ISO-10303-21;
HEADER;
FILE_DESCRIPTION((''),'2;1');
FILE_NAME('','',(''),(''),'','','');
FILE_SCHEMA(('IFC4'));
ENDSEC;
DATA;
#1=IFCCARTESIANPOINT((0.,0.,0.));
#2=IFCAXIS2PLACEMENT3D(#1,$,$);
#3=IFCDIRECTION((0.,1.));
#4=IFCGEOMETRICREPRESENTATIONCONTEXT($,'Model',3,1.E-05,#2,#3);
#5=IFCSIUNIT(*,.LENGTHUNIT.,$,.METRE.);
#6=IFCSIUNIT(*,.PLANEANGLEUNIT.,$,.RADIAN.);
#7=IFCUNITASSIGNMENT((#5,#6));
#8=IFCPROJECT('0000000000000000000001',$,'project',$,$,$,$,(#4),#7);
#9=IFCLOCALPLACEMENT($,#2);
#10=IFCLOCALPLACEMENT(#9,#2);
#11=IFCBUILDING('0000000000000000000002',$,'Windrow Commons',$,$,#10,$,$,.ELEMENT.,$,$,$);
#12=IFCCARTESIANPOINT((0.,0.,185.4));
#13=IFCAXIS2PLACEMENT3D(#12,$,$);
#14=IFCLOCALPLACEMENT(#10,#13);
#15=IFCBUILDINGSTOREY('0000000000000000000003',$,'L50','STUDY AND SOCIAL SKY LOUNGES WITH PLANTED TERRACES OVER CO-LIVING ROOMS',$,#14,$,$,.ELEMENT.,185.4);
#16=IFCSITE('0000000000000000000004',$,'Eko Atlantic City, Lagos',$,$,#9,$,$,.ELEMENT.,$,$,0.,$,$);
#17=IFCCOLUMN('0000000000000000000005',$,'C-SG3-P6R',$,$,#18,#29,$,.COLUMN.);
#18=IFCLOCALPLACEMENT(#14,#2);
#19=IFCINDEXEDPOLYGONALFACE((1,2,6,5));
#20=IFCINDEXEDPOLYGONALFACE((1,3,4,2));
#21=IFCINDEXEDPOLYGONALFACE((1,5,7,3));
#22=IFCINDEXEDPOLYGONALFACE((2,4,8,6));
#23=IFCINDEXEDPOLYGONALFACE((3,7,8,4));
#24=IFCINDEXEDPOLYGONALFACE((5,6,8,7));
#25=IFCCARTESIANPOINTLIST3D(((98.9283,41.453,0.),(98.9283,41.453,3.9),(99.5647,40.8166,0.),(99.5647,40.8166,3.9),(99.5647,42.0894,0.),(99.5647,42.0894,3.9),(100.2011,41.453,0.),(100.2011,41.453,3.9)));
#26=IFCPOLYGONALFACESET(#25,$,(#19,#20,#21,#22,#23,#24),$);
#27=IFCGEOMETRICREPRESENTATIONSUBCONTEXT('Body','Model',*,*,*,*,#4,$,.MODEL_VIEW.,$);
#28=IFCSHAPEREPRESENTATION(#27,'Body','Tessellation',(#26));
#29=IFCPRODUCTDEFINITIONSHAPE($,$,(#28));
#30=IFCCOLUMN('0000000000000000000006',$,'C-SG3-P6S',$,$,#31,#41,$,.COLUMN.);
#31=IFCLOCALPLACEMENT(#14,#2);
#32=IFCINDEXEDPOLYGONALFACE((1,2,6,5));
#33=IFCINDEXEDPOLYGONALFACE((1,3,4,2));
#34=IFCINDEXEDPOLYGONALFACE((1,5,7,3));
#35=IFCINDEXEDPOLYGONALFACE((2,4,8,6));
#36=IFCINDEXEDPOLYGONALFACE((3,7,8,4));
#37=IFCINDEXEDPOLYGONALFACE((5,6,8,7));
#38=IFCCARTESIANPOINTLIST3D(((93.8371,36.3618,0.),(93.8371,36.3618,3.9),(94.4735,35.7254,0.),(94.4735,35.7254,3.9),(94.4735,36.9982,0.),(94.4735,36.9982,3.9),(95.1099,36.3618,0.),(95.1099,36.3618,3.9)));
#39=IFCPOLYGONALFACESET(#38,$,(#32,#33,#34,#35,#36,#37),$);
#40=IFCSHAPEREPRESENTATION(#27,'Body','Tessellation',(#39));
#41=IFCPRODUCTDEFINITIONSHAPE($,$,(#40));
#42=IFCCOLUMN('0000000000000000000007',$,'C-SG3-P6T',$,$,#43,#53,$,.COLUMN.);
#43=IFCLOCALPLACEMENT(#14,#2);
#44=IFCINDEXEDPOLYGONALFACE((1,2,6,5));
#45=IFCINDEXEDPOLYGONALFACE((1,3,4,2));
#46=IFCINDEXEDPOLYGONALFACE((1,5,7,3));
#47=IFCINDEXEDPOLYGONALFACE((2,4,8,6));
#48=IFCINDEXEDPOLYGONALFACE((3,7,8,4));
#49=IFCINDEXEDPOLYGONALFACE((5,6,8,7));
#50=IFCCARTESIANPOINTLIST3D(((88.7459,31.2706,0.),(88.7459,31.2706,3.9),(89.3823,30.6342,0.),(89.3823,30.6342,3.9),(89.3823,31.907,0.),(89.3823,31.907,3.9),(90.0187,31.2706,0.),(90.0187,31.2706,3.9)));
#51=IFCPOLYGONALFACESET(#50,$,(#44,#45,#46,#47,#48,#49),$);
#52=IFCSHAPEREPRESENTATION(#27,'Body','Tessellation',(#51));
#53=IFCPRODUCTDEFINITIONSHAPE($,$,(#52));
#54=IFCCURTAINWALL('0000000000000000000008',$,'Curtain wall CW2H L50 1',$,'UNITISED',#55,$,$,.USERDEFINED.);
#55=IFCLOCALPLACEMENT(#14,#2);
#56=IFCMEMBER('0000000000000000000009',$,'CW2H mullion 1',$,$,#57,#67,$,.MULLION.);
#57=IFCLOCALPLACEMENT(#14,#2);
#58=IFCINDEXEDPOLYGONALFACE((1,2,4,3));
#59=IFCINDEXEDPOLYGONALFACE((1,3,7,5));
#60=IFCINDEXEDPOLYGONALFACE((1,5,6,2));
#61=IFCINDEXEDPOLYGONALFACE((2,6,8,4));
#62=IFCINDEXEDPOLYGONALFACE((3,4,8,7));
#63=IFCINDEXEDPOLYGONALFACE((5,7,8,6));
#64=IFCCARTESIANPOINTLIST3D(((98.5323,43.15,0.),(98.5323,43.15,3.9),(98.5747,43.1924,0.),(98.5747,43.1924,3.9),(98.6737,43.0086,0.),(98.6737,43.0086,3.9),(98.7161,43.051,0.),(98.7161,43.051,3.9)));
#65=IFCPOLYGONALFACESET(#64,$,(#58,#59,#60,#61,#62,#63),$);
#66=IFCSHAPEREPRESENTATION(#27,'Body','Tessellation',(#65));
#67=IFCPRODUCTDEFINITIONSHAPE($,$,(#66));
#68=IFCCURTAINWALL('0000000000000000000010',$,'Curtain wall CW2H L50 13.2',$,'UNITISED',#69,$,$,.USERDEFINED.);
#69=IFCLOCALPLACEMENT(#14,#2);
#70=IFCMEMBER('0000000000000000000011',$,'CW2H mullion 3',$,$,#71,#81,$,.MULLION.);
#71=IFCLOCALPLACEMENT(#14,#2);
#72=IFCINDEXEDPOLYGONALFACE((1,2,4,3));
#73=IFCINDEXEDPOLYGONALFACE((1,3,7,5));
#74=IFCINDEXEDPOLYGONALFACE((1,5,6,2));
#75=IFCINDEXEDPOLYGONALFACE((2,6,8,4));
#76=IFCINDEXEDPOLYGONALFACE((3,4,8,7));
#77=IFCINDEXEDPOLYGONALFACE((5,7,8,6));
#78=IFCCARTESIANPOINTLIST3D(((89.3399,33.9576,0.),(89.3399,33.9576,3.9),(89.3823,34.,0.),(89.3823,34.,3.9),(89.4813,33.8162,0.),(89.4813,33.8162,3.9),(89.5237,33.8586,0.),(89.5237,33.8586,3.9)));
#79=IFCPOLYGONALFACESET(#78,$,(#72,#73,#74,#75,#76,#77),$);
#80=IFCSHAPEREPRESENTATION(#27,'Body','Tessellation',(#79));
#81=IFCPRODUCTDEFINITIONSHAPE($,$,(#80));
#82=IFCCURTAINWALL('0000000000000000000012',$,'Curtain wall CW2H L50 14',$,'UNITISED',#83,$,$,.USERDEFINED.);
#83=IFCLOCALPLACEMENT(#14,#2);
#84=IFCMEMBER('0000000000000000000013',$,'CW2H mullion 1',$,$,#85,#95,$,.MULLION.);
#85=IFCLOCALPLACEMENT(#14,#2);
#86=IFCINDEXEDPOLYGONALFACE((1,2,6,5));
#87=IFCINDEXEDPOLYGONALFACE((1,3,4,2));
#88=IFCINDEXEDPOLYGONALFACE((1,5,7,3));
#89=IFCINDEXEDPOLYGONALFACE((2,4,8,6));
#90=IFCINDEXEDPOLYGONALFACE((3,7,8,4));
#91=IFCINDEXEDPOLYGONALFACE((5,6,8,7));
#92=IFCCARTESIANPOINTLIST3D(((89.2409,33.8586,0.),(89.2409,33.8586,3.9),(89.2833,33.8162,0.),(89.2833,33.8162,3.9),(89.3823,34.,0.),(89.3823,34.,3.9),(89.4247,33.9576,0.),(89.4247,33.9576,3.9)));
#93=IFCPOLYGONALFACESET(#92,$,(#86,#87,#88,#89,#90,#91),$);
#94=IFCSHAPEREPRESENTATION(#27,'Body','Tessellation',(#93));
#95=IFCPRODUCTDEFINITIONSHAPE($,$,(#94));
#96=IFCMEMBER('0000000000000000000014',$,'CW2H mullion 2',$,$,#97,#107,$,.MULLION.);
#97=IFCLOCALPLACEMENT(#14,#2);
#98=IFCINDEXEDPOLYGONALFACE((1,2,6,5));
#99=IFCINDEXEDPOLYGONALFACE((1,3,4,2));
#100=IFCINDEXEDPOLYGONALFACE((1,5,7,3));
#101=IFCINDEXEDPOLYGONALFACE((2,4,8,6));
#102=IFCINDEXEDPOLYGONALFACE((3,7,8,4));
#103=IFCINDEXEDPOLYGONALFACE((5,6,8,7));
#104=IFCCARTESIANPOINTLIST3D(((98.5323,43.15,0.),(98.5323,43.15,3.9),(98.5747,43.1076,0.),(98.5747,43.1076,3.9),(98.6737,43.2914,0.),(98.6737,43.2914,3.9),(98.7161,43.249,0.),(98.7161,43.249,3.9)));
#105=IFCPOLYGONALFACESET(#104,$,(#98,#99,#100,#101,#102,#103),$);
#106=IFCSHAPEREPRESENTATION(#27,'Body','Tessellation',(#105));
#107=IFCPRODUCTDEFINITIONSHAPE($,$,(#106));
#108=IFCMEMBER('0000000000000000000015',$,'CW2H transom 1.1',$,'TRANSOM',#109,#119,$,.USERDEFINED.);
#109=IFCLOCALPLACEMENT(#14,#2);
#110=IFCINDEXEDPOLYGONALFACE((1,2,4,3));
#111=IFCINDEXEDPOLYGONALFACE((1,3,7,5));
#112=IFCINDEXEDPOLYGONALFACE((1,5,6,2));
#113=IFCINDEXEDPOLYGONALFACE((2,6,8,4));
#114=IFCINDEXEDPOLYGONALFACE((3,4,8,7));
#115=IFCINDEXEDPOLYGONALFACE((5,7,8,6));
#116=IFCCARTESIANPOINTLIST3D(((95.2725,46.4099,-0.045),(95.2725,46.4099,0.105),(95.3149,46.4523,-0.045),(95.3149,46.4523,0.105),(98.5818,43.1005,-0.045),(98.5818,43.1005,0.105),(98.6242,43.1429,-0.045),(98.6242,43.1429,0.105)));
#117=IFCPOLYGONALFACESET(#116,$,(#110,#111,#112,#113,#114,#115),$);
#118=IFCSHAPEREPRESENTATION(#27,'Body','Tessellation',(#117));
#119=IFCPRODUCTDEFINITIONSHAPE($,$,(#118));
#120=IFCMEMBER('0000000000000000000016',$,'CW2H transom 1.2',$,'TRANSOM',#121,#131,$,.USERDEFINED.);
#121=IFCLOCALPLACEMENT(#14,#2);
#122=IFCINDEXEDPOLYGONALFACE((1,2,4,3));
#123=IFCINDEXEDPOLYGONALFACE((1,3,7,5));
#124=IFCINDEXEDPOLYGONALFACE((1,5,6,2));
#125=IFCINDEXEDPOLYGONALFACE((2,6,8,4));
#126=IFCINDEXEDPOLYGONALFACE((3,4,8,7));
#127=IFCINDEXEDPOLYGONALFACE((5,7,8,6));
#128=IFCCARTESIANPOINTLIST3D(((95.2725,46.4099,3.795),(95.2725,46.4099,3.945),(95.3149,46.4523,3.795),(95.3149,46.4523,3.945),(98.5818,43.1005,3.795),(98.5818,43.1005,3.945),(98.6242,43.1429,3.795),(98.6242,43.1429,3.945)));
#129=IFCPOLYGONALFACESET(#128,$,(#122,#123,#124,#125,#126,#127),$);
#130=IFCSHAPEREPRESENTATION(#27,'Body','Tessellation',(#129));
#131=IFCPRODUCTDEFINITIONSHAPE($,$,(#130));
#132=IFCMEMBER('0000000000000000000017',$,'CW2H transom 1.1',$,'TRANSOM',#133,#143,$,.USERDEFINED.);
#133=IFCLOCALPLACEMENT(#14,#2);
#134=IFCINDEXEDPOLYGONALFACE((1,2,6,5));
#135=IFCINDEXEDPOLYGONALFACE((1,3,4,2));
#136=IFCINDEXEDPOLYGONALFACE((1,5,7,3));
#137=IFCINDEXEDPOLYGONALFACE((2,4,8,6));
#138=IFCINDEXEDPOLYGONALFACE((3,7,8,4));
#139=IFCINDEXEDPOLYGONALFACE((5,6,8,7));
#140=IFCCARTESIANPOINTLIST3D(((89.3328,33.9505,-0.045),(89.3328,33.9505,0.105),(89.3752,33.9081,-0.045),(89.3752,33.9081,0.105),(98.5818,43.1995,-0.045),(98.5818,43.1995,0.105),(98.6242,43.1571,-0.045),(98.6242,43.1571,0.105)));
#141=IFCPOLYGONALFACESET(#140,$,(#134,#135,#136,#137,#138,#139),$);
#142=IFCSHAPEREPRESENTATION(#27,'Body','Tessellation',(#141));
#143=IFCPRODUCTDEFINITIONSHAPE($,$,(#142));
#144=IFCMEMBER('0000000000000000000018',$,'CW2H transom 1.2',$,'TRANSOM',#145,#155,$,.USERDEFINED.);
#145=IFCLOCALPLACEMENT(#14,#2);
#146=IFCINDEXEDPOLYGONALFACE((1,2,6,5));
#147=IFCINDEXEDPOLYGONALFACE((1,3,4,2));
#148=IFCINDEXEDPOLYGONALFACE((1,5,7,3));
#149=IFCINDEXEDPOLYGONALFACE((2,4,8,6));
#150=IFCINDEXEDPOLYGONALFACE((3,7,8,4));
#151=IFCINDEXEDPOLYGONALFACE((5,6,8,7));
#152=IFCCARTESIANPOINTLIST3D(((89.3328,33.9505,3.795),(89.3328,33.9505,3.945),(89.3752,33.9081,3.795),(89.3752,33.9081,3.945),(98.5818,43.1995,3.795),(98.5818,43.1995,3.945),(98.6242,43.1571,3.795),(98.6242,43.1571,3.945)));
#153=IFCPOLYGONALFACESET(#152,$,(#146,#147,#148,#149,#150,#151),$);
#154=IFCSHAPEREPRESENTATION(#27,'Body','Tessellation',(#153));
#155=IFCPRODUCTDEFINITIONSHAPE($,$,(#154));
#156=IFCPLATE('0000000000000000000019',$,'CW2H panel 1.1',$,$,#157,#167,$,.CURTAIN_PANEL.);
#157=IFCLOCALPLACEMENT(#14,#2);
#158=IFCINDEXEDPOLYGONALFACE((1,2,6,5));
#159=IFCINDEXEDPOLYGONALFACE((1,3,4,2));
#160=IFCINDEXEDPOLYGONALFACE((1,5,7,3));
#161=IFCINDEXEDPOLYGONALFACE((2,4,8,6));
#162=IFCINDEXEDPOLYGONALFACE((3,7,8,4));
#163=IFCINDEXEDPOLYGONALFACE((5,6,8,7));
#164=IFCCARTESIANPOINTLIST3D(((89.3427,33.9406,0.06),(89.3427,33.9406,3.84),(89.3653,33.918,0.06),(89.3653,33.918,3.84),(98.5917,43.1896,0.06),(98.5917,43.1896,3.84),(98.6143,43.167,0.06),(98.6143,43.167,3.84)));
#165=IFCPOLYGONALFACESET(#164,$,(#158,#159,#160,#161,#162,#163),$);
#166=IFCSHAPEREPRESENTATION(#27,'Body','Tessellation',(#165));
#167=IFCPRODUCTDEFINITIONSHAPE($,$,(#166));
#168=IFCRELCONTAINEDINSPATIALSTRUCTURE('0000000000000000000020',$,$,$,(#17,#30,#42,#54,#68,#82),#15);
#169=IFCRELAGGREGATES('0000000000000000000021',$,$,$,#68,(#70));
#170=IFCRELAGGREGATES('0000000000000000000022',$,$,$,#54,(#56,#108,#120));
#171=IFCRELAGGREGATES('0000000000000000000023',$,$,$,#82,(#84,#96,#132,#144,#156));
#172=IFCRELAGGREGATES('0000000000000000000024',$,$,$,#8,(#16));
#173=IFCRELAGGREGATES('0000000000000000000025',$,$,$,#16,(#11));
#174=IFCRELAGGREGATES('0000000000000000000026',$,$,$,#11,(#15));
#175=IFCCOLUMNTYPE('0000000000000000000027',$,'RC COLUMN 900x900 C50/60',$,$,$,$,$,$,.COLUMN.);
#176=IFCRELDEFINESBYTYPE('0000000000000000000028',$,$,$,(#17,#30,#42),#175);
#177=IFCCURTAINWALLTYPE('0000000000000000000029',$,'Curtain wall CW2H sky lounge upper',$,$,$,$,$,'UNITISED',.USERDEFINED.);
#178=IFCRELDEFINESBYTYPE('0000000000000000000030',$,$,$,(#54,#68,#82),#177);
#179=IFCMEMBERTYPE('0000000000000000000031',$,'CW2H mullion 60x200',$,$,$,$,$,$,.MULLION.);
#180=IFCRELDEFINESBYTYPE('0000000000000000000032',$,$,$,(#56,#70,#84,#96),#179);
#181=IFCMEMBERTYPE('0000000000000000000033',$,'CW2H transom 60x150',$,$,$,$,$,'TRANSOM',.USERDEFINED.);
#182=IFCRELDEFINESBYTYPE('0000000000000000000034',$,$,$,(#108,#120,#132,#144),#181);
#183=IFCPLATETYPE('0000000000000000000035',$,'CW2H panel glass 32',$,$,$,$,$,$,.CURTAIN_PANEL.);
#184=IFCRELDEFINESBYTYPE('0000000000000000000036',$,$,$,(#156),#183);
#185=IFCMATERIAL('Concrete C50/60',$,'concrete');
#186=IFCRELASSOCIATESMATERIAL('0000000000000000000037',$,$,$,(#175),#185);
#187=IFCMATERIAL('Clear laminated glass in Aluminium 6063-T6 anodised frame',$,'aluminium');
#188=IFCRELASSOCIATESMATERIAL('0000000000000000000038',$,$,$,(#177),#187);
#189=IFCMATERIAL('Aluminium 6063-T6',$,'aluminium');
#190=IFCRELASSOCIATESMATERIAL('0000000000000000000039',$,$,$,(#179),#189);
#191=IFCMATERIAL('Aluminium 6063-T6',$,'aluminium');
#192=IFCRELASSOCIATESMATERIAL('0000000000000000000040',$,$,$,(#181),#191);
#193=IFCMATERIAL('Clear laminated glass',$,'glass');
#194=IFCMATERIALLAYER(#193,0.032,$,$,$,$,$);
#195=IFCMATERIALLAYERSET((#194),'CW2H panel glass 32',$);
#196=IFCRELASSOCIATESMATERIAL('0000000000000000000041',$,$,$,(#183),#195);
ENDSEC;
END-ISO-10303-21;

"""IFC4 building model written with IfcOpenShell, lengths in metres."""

from ifc_helpers import new_model, si_unit, direction, frame, origin, origin_2d, place, context, subcontext, project, spatial, rectangle, extrude, material, layer, layer_set, material_profile, profile_set, type_object, element, aggregate, save


model = new_model("IFC4")

# Units and contexts
model_context = context("Model", 3, precision=1e-05, world=origin(), true_north=direction((0.0, 1.0)))
body_context = subcontext(model_context, "Body", "Model", "MODEL_VIEW")
ifc_project = project(units=[si_unit("LENGTHUNIT", "METRE"), si_unit("PLANEANGLEUNIT", "RADIAN")], contexts=[model_context])

# Site, building, storey
site_placement = place(None, origin())
site = spatial("IfcSite", under=ifc_project, at=site_placement, Name="Eko Atlantic City, Lagos", CompositionType="ELEMENT", RefElevation=0.0)
building_placement = place(site_placement, origin())
building = spatial("IfcBuilding", under=site, at=building_placement, Name="Windrow Commons", CompositionType="ELEMENT")
storey_placement = place(building_placement, frame((0.0, 0.0, 185.4)))
storey = spatial("IfcBuildingStorey", under=building, at=storey_placement, Name="L50", Description="STUDY AND SOCIAL SKY LOUNGES WITH PLANTED TERRACES OVER CO-LIVING ROOMS", CompositionType="ELEMENT", Elevation=185.4)

# Columns
ifc_material_1 = material(Name="Concrete C50/60", Category="concrete")
ifc_material_profile_1 = material_profile(ifc_material_1, rectangle(XDim=0.9, YDim=0.9, at=origin_2d()))
ifc_profile_set_1 = profile_set([ifc_material_profile_1], Name="Concrete C50/60")
column_type = type_object("IfcColumnType", Name="RC COLUMN 900x900 C50/60", PredefinedType="COLUMN", material=ifc_profile_set_1)
for number, where, z_axis, x_axis, name in (
    (1, (99.5647, 41.453, 0.0), (0.0, 0.0, 1.0), (0.707107, -0.707107, 0.0), "C-SG3-P6R"),
    (2, (94.4735, 36.3618, 0.0), (0.0, 0.0, 1.0), (0.707107, -0.707107, 0.0), "C-SG3-P6S"),
    (3, (89.3823, 31.2706, 0.0), (0.0, 0.0, 1.0), (0.707107, -0.707107, 0.0), "C-SG3-P6T"),
):
    element("IfcColumn", number, at=place(storey_placement, frame(where, z_axis=z_axis, x_axis=x_axis)), inside=storey, type_object=column_type, Name=name, PredefinedType="COLUMN", context=body_context, shape_type="SweptSolid", body=[
        extrude(rectangle(XDim=0.9, YDim=0.9, at=origin_2d()), origin(), (0.0, 0.0, 1.0), 3.9),
    ])

# Curtain walls, members
ifc_material_2 = material(Name="Clear laminated glass in Aluminium 6063-T6 anodised frame", Category="aluminium")
curtain_wall_type = type_object("IfcCurtainWallType", Name="Curtain wall CW2H sky lounge upper", ElementType="UNITISED", PredefinedType="USERDEFINED", material=ifc_material_2)
placement = place(storey_placement, origin())
curtain_wall_1 = element("IfcCurtainWall", 4, at=placement, inside=storey, type_object=curtain_wall_type, Name="Curtain wall CW2H L50 1", ObjectType="UNITISED", PredefinedType="USERDEFINED")
ifc_material_3 = material(Name="Aluminium 6063-T6", Category="aluminium")
ifc_material_profile_2 = material_profile(ifc_material_3, rectangle(XDim=0.06, YDim=0.2, at=origin_2d()))
ifc_profile_set_2 = profile_set([ifc_material_profile_2], Name="Aluminium 6063-T6")
member_type_1 = type_object("IfcMemberType", Name="CW2H mullion 60x200", PredefinedType="MULLION", material=ifc_profile_set_2)
member_1_placement = place(storey_placement, frame((98.6242, 43.1005, 0.0), z_axis=(0.0, 0.0, 1.0), x_axis=(-0.707117, -0.707096, 0.0)))
member_1 = element("IfcMember", 5, at=member_1_placement, type_object=member_type_1, Name="CW2H mullion 1", PredefinedType="MULLION", context=body_context, shape_type="SweptSolid", body=[
    extrude(rectangle(XDim=0.06, YDim=0.2, at=origin_2d()), origin(), (0.0, 0.0, 1.0), 3.9),
])
curtain_wall_2 = element("IfcCurtainWall", 6, at=placement, inside=storey, type_object=curtain_wall_type, Name="Curtain wall CW2H L50 13.2", ObjectType="UNITISED", PredefinedType="USERDEFINED")
member_2_placement = place(storey_placement, frame((89.4318, 33.9081, 0.0), z_axis=(0.0, 0.0, 1.0), x_axis=(0.70711, 0.707104, 0.0)))
member_2 = element("IfcMember", 7, at=member_2_placement, type_object=member_type_1, Name="CW2H mullion 3", PredefinedType="MULLION", context=body_context, shape_type="SweptSolid", body=[
    extrude(rectangle(XDim=0.06, YDim=0.2, at=origin_2d()), origin(), (0.0, 0.0, 1.0), 3.9),
])
aggregate(curtain_wall_2, [member_2])

# Curtain wall, members
curtain_wall_3 = element("IfcCurtainWall", 8, at=placement, inside=storey, type_object=curtain_wall_type, Name="Curtain wall CW2H L50 14", ObjectType="UNITISED", PredefinedType="USERDEFINED")
member_3_placement = place(storey_placement, frame((89.3328, 33.9081, 0.0), z_axis=(0.0, 0.0, 1.0), x_axis=(-0.707107, 0.707107, 0.0)))
member_3 = element("IfcMember", 9, at=member_3_placement, type_object=member_type_1, Name="CW2H mullion 1", PredefinedType="MULLION", context=body_context, shape_type="SweptSolid", body=[
    extrude(rectangle(XDim=0.06, YDim=0.2, at=origin_2d()), origin(), (0.0, 0.0, 1.0), 3.9),
])
member_4_placement = place(storey_placement, frame((98.6242, 43.1995, 0.0), z_axis=(0.0, 0.0, 1.0), x_axis=(-0.707107, 0.707107, 0.0)))
member_4 = element("IfcMember", 10, at=member_4_placement, type_object=member_type_1, Name="CW2H mullion 2", PredefinedType="MULLION", context=body_context, shape_type="SweptSolid", body=[
    extrude(rectangle(XDim=0.06, YDim=0.2, at=origin_2d()), origin(), (0.0, 0.0, 1.0), 3.9),
])

# Members
ifc_material_4 = material(Name="Aluminium 6063-T6", Category="aluminium")
ifc_material_profile_3 = material_profile(ifc_material_4, rectangle(XDim=0.06, YDim=0.15, at=origin_2d()))
ifc_profile_set_3 = profile_set([ifc_material_profile_3], Name="Aluminium 6063-T6")
member_type_2 = type_object("IfcMemberType", Name="CW2H transom 60x150", ElementType="TRANSOM", PredefinedType="USERDEFINED", material=ifc_profile_set_3)
member_5_placement = place(storey_placement, frame((98.603, 43.1217, 0.03), z_axis=(-0.707096, 0.707117, 0.0), x_axis=(-0.707117, -0.707096, 0.0)))
member_5 = element("IfcMember", 11, at=member_5_placement, type_object=member_type_2, Name="CW2H transom 1.1", ObjectType="TRANSOM", PredefinedType="USERDEFINED", context=body_context, shape_type="SweptSolid", body=[
    extrude(rectangle(XDim=0.06, YDim=0.15, at=origin_2d()), origin(), (0.0, 0.0, 1.0), 4.6801),
])
member_6_placement = place(storey_placement, frame((98.603, 43.1217, 3.87), z_axis=(-0.707096, 0.707117, 0.0), x_axis=(-0.707117, -0.707096, 0.0)))
member_6 = element("IfcMember", 12, at=member_6_placement, type_object=member_type_2, Name="CW2H transom 1.2", ObjectType="TRANSOM", PredefinedType="USERDEFINED", context=body_context, shape_type="SweptSolid", body=[
    extrude(rectangle(XDim=0.06, YDim=0.15, at=origin_2d()), origin(), (0.0, 0.0, 1.0), 4.6801),
])
aggregate(curtain_wall_1, [member_1, member_5, member_6])
member_7_placement = place(storey_placement, frame((89.354, 33.9293, 0.03), z_axis=(0.707107, 0.707107, 0.0), x_axis=(-0.707107, 0.707107, 0.0)))
member_7 = element("IfcMember", 13, at=member_7_placement, type_object=member_type_2, Name="CW2H transom 1.1", ObjectType="TRANSOM", PredefinedType="USERDEFINED", context=body_context, shape_type="SweptSolid", body=[
    extrude(rectangle(XDim=0.06, YDim=0.15, at=origin_2d()), origin(), (0.0, 0.0, 1.0), 13.0801),
])
member_8_placement = place(storey_placement, frame((89.354, 33.9293, 3.87), z_axis=(0.707107, 0.707107, 0.0), x_axis=(-0.707107, 0.707107, 0.0)))
member_8 = element("IfcMember", 14, at=member_8_placement, type_object=member_type_2, Name="CW2H transom 1.2", ObjectType="TRANSOM", PredefinedType="USERDEFINED", context=body_context, shape_type="SweptSolid", body=[
    extrude(rectangle(XDim=0.06, YDim=0.15, at=origin_2d()), origin(), (0.0, 0.0, 1.0), 13.0801),
])

# Plate
ifc_material_5 = material(Name="Clear laminated glass", Category="glass")
ifc_layer_1 = layer(ifc_material_5, 0.032)
ifc_layer_set_1 = layer_set([ifc_layer_1], Name="CW2H panel glass 32")
plate_type = type_object("IfcPlateType", Name="CW2H panel glass 32", PredefinedType="CURTAIN_PANEL", material=ifc_layer_set_1)
plate_placement = place(storey_placement, frame((93.9785, 38.5538, 0.06), z_axis=(0.0, 0.0, 1.0), x_axis=(0.707107, 0.707107, 0.0)))
plate = element("IfcPlate", 15, at=plate_placement, type_object=plate_type, Name="CW2H panel 1.1", PredefinedType="CURTAIN_PANEL", context=body_context, shape_type="SweptSolid", body=[
    extrude(rectangle(XDim=13.08, YDim=0.032, at=origin_2d()), origin(), (0.0, 0.0, 1.0), 3.78),
])
aggregate(curtain_wall_3, [member_3, member_4, member_7, member_8, plate])

save(model, "model.ifc")
